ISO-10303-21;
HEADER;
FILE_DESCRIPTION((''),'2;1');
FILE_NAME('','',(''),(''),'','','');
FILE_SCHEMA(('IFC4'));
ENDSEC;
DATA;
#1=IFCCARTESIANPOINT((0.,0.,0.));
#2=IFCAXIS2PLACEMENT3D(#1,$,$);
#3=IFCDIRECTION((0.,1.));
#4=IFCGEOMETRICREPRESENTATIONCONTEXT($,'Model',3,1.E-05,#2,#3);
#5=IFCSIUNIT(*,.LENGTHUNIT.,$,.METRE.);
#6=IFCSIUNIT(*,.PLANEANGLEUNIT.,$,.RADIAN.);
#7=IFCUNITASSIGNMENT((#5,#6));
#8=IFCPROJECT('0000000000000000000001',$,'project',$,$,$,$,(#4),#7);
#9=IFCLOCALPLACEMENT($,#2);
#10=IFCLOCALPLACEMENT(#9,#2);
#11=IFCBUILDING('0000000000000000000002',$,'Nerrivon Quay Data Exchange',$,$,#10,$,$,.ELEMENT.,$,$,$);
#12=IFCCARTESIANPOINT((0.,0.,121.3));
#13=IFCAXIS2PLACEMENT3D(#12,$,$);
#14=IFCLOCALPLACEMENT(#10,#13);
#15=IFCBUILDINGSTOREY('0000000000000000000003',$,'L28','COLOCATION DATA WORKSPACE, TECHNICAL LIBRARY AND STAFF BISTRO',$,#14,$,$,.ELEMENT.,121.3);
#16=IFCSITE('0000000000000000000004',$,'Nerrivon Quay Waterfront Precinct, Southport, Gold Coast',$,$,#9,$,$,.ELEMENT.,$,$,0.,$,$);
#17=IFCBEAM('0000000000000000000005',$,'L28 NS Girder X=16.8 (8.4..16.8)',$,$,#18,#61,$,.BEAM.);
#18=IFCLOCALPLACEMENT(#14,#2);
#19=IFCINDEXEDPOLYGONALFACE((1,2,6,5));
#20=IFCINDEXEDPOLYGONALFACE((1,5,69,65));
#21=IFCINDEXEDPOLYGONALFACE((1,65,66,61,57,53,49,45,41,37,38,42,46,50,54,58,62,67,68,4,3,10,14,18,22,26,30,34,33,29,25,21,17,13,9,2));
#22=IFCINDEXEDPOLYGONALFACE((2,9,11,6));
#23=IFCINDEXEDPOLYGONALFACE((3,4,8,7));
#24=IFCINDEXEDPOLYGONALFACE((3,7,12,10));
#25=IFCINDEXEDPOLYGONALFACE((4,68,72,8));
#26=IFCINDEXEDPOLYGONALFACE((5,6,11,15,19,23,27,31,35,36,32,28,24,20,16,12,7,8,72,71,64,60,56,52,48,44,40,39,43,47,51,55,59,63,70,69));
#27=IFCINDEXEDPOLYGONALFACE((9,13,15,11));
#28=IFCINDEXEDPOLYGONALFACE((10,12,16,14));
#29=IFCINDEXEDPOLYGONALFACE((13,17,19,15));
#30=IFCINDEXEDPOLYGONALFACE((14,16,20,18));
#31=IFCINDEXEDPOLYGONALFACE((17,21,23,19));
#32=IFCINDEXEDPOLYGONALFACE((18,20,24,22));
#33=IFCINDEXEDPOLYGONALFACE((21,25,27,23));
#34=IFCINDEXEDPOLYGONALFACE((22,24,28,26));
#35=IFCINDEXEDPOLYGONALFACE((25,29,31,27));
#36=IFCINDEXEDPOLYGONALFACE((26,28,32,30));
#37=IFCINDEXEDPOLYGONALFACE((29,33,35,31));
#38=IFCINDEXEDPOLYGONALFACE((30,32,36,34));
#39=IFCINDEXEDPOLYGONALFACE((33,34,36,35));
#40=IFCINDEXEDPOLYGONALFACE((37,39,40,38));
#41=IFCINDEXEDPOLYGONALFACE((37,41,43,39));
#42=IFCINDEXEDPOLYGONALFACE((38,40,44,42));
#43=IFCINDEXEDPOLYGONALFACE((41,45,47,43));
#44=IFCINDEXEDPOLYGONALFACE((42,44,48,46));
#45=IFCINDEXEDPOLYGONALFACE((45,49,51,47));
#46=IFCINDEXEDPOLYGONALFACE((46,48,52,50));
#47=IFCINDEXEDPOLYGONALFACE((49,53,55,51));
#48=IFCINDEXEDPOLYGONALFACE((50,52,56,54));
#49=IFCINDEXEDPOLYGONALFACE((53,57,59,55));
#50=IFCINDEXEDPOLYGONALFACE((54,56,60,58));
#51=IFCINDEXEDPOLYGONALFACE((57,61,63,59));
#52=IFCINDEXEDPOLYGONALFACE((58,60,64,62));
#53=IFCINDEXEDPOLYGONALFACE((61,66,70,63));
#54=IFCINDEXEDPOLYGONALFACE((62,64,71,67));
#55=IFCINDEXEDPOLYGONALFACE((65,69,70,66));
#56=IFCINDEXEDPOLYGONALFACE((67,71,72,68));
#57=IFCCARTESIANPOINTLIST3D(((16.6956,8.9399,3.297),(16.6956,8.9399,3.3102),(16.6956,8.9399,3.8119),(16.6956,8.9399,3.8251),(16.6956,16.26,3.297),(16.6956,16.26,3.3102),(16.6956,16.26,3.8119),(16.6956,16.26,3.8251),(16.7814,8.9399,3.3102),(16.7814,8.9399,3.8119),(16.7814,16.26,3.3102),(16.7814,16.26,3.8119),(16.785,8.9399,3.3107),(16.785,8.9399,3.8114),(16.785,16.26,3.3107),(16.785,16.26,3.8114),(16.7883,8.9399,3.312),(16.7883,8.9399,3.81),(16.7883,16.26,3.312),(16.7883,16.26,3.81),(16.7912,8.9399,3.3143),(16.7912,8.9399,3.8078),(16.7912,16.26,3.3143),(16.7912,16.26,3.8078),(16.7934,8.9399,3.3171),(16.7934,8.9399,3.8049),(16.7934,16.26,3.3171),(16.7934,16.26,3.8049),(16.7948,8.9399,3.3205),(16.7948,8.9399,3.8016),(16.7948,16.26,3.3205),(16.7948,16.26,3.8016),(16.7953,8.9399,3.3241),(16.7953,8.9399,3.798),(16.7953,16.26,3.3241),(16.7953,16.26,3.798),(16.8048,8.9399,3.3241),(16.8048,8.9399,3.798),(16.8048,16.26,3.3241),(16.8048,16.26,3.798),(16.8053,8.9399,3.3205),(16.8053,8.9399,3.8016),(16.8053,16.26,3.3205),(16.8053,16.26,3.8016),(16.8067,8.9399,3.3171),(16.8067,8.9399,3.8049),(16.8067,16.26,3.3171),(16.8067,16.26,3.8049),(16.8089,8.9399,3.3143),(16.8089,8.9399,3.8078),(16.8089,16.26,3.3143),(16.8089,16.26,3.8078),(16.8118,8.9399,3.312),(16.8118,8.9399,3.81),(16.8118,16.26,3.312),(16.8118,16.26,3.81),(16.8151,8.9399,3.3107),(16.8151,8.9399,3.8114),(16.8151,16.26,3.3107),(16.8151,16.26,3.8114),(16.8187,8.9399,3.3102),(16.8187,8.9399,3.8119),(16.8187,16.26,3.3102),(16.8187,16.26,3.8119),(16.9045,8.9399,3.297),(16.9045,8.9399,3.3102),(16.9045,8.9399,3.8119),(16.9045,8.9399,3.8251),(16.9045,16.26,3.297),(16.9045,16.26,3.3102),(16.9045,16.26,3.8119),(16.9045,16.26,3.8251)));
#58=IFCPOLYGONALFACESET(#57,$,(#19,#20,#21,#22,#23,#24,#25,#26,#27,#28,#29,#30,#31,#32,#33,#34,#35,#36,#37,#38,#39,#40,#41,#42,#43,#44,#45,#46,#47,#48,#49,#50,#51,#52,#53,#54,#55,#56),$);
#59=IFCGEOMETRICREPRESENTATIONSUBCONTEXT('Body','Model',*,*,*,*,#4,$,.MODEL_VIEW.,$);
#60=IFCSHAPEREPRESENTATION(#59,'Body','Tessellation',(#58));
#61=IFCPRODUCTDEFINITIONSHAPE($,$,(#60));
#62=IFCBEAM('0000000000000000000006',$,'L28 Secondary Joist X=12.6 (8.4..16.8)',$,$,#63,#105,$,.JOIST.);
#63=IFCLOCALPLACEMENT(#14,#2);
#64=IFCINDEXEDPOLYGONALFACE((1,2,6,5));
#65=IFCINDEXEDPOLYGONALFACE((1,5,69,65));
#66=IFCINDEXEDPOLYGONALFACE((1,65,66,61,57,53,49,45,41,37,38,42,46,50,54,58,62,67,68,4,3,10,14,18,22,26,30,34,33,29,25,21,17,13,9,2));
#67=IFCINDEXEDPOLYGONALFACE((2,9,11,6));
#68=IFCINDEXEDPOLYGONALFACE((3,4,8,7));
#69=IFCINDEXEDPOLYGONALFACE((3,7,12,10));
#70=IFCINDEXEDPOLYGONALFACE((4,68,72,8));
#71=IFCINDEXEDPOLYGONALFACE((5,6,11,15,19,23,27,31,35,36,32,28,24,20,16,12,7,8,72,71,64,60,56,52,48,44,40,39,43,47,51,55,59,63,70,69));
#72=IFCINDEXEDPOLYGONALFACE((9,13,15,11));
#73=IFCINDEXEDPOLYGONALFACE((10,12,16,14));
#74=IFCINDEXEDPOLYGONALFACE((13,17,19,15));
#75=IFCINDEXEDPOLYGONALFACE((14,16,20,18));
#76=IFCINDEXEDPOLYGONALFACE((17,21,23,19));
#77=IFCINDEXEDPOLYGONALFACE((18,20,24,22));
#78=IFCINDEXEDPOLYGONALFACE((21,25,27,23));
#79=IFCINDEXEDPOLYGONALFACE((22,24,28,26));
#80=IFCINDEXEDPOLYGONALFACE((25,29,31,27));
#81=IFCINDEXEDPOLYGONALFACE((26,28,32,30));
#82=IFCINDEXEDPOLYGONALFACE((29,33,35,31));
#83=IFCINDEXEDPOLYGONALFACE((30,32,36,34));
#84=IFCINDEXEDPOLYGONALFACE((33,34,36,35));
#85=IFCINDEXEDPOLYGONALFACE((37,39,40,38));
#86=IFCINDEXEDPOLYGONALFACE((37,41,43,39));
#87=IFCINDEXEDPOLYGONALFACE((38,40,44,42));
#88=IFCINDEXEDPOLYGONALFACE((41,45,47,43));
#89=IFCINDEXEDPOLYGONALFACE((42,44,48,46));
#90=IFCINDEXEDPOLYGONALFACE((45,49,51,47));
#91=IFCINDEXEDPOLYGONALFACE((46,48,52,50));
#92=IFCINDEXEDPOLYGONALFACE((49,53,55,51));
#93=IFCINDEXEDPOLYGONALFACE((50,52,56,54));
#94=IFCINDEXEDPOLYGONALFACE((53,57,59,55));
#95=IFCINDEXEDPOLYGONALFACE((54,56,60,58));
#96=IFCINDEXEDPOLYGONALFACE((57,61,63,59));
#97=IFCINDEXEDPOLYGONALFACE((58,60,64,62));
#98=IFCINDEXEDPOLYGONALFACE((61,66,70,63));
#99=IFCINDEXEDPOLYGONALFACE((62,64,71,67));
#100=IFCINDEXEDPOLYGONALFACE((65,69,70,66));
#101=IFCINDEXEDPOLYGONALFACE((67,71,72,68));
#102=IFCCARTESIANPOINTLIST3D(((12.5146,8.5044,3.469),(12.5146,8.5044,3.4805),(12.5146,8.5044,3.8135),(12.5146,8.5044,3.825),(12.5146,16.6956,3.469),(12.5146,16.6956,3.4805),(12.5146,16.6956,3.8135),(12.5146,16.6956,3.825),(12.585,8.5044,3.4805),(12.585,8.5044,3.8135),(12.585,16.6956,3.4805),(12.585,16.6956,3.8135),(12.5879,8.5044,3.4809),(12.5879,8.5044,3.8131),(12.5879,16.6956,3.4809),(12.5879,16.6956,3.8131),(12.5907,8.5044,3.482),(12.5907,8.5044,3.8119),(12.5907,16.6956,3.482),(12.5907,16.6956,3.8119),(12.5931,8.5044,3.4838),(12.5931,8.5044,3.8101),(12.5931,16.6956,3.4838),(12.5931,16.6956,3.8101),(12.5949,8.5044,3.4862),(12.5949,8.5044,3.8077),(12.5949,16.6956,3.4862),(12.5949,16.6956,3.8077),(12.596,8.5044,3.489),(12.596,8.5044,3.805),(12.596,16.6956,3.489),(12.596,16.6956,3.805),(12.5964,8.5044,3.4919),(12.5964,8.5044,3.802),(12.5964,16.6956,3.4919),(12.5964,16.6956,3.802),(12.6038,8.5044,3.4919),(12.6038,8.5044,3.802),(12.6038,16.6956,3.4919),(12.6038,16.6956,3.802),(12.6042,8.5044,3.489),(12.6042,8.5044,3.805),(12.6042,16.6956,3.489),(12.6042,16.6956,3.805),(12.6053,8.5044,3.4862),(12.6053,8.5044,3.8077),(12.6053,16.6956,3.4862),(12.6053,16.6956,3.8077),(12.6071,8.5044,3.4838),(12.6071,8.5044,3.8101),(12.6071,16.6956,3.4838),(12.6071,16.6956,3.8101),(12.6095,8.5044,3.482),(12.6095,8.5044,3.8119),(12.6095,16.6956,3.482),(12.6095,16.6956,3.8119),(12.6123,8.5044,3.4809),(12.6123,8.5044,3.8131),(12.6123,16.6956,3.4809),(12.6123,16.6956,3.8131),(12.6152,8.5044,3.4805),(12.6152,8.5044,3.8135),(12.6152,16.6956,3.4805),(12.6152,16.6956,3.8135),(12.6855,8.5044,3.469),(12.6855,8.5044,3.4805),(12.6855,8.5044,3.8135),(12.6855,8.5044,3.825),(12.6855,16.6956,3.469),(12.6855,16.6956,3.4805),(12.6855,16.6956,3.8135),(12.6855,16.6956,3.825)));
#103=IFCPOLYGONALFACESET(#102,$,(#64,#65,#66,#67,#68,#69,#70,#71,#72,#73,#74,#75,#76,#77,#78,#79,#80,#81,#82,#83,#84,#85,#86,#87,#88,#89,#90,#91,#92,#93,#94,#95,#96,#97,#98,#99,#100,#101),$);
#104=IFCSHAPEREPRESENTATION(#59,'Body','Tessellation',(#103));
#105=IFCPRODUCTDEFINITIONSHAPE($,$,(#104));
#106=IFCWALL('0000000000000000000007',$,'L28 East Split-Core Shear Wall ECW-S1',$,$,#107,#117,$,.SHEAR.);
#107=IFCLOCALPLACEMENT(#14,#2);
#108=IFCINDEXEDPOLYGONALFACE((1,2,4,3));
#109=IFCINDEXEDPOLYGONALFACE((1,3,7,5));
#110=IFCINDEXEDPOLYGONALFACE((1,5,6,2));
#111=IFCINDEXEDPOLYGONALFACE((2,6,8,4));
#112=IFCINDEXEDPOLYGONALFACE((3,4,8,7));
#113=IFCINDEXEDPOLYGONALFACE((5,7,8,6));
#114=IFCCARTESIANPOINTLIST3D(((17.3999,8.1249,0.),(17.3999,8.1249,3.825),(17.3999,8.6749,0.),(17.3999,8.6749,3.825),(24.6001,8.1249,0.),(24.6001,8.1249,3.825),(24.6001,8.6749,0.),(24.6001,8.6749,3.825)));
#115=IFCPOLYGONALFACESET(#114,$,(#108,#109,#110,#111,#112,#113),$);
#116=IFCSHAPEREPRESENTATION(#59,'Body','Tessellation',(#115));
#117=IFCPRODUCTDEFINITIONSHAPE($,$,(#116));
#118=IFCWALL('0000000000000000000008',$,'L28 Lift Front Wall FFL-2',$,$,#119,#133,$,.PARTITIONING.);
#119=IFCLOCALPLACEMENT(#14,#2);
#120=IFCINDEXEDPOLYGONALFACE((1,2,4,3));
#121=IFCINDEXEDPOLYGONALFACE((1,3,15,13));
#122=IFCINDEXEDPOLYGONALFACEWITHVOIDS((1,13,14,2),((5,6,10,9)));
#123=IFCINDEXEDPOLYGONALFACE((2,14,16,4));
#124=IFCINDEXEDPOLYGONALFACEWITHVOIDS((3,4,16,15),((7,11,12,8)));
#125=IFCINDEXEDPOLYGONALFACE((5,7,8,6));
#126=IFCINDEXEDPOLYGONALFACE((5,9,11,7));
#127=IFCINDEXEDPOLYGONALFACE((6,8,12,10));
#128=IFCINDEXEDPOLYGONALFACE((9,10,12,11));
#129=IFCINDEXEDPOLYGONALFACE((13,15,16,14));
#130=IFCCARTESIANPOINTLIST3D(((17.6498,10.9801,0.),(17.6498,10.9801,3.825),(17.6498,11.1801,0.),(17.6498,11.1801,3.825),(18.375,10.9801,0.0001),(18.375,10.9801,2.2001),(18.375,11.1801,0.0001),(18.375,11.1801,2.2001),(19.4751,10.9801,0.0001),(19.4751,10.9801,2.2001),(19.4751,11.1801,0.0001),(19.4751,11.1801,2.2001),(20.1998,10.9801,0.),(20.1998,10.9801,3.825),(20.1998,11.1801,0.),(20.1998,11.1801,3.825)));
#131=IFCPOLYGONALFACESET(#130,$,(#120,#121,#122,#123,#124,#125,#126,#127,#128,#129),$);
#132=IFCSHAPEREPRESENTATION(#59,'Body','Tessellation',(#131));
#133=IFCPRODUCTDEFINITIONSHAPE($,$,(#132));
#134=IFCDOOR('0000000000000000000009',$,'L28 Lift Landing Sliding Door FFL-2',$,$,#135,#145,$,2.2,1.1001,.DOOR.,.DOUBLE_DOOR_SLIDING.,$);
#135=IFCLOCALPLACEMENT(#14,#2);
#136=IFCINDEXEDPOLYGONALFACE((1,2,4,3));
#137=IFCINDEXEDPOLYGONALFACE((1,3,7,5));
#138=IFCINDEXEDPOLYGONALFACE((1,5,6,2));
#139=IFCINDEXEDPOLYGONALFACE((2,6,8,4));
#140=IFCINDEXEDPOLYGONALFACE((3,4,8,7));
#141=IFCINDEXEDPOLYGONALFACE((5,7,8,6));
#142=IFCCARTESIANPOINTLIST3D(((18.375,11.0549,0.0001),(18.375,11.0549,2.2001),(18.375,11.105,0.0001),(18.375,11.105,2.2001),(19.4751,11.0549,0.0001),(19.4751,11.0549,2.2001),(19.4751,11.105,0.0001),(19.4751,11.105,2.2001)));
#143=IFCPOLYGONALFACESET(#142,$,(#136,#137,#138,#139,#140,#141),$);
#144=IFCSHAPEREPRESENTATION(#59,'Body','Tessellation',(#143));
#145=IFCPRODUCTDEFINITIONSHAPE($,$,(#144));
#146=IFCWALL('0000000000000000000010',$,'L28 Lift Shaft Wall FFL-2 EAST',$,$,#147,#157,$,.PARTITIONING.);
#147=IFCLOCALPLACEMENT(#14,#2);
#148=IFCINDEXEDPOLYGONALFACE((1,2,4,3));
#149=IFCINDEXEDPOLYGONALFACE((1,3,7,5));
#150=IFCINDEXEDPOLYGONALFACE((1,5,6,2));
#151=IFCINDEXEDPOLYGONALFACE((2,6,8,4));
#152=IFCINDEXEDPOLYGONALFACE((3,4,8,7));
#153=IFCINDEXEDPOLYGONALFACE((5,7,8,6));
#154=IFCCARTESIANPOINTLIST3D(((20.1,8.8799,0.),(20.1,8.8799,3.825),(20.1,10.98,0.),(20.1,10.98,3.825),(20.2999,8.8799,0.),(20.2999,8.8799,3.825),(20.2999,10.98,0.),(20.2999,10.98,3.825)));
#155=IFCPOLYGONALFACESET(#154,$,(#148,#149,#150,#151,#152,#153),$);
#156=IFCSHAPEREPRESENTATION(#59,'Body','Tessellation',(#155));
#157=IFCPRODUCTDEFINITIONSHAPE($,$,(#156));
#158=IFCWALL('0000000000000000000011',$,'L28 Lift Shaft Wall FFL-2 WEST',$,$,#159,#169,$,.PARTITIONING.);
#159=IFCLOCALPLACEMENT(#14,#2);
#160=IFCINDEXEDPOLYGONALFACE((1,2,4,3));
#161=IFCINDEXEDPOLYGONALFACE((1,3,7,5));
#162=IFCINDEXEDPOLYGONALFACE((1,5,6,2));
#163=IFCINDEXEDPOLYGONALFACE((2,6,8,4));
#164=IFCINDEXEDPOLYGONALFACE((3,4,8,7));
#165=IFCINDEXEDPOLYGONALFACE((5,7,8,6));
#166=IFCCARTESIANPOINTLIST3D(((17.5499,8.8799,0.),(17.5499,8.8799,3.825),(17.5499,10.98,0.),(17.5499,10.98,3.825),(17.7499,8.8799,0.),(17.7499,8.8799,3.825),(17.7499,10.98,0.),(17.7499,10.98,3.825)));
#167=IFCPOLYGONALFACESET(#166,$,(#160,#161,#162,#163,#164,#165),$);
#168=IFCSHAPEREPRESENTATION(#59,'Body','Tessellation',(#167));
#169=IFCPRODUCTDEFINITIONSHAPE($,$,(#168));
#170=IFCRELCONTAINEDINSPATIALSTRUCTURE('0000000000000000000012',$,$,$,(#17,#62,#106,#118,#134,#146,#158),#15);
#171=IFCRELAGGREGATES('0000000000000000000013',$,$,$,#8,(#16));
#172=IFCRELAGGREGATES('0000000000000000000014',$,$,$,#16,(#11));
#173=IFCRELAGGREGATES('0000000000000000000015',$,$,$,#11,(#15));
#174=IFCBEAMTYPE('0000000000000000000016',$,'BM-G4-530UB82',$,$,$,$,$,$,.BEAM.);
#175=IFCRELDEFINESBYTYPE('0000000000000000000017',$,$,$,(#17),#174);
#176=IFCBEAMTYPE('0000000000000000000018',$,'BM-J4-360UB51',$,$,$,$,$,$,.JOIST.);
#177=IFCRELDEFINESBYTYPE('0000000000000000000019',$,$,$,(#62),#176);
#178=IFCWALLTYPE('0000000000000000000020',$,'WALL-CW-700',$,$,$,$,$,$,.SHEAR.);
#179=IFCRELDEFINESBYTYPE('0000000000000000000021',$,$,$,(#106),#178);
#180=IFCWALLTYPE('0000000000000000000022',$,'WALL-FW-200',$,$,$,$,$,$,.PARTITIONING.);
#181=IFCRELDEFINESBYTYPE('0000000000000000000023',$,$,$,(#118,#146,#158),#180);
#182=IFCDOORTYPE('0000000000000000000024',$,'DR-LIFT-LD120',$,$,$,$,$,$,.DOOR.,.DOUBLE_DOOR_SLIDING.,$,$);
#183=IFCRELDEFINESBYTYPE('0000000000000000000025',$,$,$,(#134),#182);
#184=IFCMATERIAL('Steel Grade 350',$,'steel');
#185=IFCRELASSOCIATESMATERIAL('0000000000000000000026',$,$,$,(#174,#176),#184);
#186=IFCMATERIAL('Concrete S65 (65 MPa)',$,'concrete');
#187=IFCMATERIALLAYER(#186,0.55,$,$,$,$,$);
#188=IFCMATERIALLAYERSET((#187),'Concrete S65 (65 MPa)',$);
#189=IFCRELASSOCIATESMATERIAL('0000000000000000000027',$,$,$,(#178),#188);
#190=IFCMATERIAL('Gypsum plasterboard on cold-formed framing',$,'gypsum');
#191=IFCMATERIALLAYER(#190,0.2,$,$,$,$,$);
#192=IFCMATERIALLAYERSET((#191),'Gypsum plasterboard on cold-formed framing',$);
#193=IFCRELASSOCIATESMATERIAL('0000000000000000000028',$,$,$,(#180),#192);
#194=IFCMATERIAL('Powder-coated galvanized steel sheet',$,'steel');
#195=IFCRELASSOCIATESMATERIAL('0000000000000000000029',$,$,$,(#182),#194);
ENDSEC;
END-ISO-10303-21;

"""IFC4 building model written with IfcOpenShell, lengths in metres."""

from ifc_helpers import new_model, si_unit, direction, frame, frame_2d, origin, origin_2d, place, context, subcontext, project, spatial, rectangle, i_section, extrude, material, layer, layer_set, material_profile, profile_set, type_object, element, fill, save


model = new_model("IFC4")

# Units and contexts
model_context = context("Model", 3, precision=1e-05, world=origin(), true_north=direction((0.0, 1.0)))
body_context = subcontext(model_context, "Body", "Model", "MODEL_VIEW")
ifc_project = project(units=[si_unit("LENGTHUNIT", "METRE"), si_unit("PLANEANGLEUNIT", "RADIAN")], contexts=[model_context])

# Site, building, storey
site_placement = place(None, origin())
site = spatial("IfcSite", under=ifc_project, at=site_placement, Name="Nerrivon Quay Waterfront Precinct, Southport, Gold Coast", CompositionType="ELEMENT", RefElevation=0.0)
building_placement = place(site_placement, origin())
building = spatial("IfcBuilding", under=site, at=building_placement, Name="Nerrivon Quay Data Exchange", CompositionType="ELEMENT")
storey_placement = place(building_placement, frame((0.0, 0.0, 121.3)))
storey = spatial("IfcBuildingStorey", under=building, at=storey_placement, Name="L28", Description="COLOCATION DATA WORKSPACE, TECHNICAL LIBRARY AND STAFF BISTRO", CompositionType="ELEMENT", Elevation=121.3)

# Shared definitions
ifc_material_1 = material(Name="Concrete S65 (65 MPa)", Category="concrete")
ifc_material_2 = material(Name="Steel Grade 350", Category="steel")

# Beams
ifc_material_profile_1 = material_profile(ifc_material_2, i_section(OverallWidth=0.209, OverallDepth=0.5281, WebThickness=0.0095, FlangeThickness=0.0132, FilletRadius=0.0139, at=origin_2d()), Name="530UB82.0")
ifc_profile_set_1 = profile_set([ifc_material_profile_1], Name="Steel Grade 350")
beam_type_1 = type_object("IfcBeamType", Name="BM-G4-530UB82", PredefinedType="BEAM", material=ifc_profile_set_1)
beam_1_placement = place(storey_placement, frame((16.8, 8.9399, 3.561), z_axis=(0.0, 1.0, 0.0), x_axis=(-1.0, 0.0, 0.0)))
element("IfcBeam", 1, at=beam_1_placement, inside=storey, type_object=beam_type_1, Name="L28 NS Girder X=16.8 (8.4..16.8)", PredefinedType="BEAM", context=body_context, shape_type="SweptSolid", body=[
    extrude(i_section(OverallWidth=0.209, OverallDepth=0.5281, WebThickness=0.0095, FlangeThickness=0.0132, FilletRadius=0.0139, at=origin_2d()), origin(), (0.0, 0.0, 1.0), 7.3201),
])
ifc_material_profile_2 = material_profile(ifc_material_2, i_section(OverallWidth=0.1709, OverallDepth=0.356, WebThickness=0.0073, FlangeThickness=0.0115, FilletRadius=0.0115, at=origin_2d()), Name="360UB50.7")
ifc_profile_set_2 = profile_set([ifc_material_profile_2], Name="Steel Grade 350")
beam_type_2 = type_object("IfcBeamType", Name="BM-J4-360UB51", PredefinedType="JOIST", material=ifc_profile_set_2)
beam_2_placement = place(storey_placement, frame((12.6001, 8.5044, 3.647), z_axis=(0.0, 1.0, 0.0), x_axis=(-1.0, 0.0, 0.0)))
element("IfcBeam", 2, at=beam_2_placement, inside=storey, type_object=beam_type_2, Name="L28 Secondary Joist X=12.6 (8.4..16.8)", PredefinedType="JOIST", context=body_context, shape_type="SweptSolid", body=[
    extrude(i_section(OverallWidth=0.1709, OverallDepth=0.356, WebThickness=0.0073, FlangeThickness=0.0115, FilletRadius=0.0115, at=origin_2d()), origin(), (0.0, 0.0, 1.0), 8.1912),
])

# Wall
ifc_layer_1 = layer(ifc_material_1, 0.55)
ifc_layer_set_1 = layer_set([ifc_layer_1], Name="Concrete S65 (65 MPa)")
wall_type_1 = type_object("IfcWallType", Name="WALL-CW-700", PredefinedType="SHEAR", material=ifc_layer_set_1)
wall_1_placement = place(storey_placement, frame((17.3999, 8.3999, 0.0), z_axis=(0.0, 0.0, 1.0), x_axis=(1.0, 0.0, 0.0)))
element("IfcWall", 3, at=wall_1_placement, inside=storey, type_object=wall_type_1, Name="L28 East Split-Core Shear Wall ECW-S1", PredefinedType="SHEAR", context=body_context, shape_type="SweptSolid", body=[
    extrude(rectangle(XDim=7.2002, YDim=0.55, at=frame_2d((3.6001, 0.0))), origin(), (0.0, 0.0, 1.0), 3.825),
])

# Wall, opening, door
ifc_material_3 = material(Name="Powder-coated galvanized steel sheet", Category="steel")
ifc_material_4 = material(Name="Gypsum plasterboard on cold-formed framing", Category="gypsum")
ifc_layer_2 = layer(ifc_material_4, 0.2)
ifc_layer_set_2 = layer_set([ifc_layer_2], Name="Gypsum plasterboard on cold-formed framing")
wall_type_2 = type_object("IfcWallType", Name="WALL-FW-200", PredefinedType="PARTITIONING", material=ifc_layer_set_2)
wall_2_placement = place(storey_placement, frame((17.6499, 11.0801, 0.0), z_axis=(0.0, 0.0, 1.0), x_axis=(1.0, 0.0, 0.0)))
wall_2 = element("IfcWall", 4, at=wall_2_placement, inside=storey, type_object=wall_type_2, Name="L28 Lift Front Wall FFL-2", PredefinedType="PARTITIONING", context=body_context, shape_type="SweptSolid", body=[
    extrude(rectangle(XDim=2.55, YDim=0.2, at=frame_2d((1.2749, 0.0))), origin(), (0.0, 0.0, 1.0), 3.825),
])
opening_1_placement = place(wall_2_placement, frame((0.7251, 0.0, 0.0)))
opening_1 = element("IfcOpeningElement", 5, at=opening_1_placement, cuts=wall_2, PredefinedType="OPENING", context=body_context, shape_type="SweptSolid", body=[
    extrude(rectangle(XDim=1.1001, YDim=2.2, at=frame_2d((0.55, 1.1001))), frame((0.0, 0.1099, 0.0), z_axis=(0.0, -1.0, 0.0), x_axis=(1.0, 0.0, 0.0)), (0.0, 0.0, 1.0), 0.22),
])
door_type_1 = type_object("IfcDoorType", Name="DR-LIFT-LD120", OperationType="DOUBLE_DOOR_SLIDING", PredefinedType="DOOR", material=ifc_material_3)
door_1_placement = place(opening_1_placement, origin())
door_1 = element("IfcDoor", 6, at=door_1_placement, inside=storey, type_object=door_type_1, Name="L28 Lift Landing Sliding Door FFL-2", OperationType="DOUBLE_DOOR_SLIDING", OverallHeight=2.2, OverallWidth=1.1001, PredefinedType="DOOR", context=body_context, shape_type="SweptSolid", body=[
    extrude(rectangle(XDim=1.1001, YDim=2.2, at=frame_2d((0.55, 1.1001))), frame((0.0, 0.0249, 0.0), z_axis=(0.0, -1.0, 0.0), x_axis=(1.0, 0.0, 0.0)), (0.0, 0.0, 1.0), 0.05),
])
fill(opening_1, door_1)

# Walls
for number, where, z_axis, x_axis, name in (
    (7, (20.2, 8.8799, 0.0), (0.0, 0.0, 1.0), (0.0, 1.0, 0.0), "L28 Lift Shaft Wall FFL-2 EAST"),
    (8, (17.6499, 8.8799, 0.0), (0.0, 0.0, 1.0), (0.0, 1.0, 0.0), "L28 Lift Shaft Wall FFL-2 WEST"),
):
    element("IfcWall", number, at=place(storey_placement, frame(where, z_axis=z_axis, x_axis=x_axis)), inside=storey, type_object=wall_type_2, Name=name, PredefinedType="PARTITIONING", context=body_context, shape_type="SweptSolid", body=[
        extrude(rectangle(XDim=2.1001, YDim=0.2, at=frame_2d((1.05, 0.0))), origin(), (0.0, 0.0, 1.0), 3.825),
    ])

save(model, "model.ifc")
